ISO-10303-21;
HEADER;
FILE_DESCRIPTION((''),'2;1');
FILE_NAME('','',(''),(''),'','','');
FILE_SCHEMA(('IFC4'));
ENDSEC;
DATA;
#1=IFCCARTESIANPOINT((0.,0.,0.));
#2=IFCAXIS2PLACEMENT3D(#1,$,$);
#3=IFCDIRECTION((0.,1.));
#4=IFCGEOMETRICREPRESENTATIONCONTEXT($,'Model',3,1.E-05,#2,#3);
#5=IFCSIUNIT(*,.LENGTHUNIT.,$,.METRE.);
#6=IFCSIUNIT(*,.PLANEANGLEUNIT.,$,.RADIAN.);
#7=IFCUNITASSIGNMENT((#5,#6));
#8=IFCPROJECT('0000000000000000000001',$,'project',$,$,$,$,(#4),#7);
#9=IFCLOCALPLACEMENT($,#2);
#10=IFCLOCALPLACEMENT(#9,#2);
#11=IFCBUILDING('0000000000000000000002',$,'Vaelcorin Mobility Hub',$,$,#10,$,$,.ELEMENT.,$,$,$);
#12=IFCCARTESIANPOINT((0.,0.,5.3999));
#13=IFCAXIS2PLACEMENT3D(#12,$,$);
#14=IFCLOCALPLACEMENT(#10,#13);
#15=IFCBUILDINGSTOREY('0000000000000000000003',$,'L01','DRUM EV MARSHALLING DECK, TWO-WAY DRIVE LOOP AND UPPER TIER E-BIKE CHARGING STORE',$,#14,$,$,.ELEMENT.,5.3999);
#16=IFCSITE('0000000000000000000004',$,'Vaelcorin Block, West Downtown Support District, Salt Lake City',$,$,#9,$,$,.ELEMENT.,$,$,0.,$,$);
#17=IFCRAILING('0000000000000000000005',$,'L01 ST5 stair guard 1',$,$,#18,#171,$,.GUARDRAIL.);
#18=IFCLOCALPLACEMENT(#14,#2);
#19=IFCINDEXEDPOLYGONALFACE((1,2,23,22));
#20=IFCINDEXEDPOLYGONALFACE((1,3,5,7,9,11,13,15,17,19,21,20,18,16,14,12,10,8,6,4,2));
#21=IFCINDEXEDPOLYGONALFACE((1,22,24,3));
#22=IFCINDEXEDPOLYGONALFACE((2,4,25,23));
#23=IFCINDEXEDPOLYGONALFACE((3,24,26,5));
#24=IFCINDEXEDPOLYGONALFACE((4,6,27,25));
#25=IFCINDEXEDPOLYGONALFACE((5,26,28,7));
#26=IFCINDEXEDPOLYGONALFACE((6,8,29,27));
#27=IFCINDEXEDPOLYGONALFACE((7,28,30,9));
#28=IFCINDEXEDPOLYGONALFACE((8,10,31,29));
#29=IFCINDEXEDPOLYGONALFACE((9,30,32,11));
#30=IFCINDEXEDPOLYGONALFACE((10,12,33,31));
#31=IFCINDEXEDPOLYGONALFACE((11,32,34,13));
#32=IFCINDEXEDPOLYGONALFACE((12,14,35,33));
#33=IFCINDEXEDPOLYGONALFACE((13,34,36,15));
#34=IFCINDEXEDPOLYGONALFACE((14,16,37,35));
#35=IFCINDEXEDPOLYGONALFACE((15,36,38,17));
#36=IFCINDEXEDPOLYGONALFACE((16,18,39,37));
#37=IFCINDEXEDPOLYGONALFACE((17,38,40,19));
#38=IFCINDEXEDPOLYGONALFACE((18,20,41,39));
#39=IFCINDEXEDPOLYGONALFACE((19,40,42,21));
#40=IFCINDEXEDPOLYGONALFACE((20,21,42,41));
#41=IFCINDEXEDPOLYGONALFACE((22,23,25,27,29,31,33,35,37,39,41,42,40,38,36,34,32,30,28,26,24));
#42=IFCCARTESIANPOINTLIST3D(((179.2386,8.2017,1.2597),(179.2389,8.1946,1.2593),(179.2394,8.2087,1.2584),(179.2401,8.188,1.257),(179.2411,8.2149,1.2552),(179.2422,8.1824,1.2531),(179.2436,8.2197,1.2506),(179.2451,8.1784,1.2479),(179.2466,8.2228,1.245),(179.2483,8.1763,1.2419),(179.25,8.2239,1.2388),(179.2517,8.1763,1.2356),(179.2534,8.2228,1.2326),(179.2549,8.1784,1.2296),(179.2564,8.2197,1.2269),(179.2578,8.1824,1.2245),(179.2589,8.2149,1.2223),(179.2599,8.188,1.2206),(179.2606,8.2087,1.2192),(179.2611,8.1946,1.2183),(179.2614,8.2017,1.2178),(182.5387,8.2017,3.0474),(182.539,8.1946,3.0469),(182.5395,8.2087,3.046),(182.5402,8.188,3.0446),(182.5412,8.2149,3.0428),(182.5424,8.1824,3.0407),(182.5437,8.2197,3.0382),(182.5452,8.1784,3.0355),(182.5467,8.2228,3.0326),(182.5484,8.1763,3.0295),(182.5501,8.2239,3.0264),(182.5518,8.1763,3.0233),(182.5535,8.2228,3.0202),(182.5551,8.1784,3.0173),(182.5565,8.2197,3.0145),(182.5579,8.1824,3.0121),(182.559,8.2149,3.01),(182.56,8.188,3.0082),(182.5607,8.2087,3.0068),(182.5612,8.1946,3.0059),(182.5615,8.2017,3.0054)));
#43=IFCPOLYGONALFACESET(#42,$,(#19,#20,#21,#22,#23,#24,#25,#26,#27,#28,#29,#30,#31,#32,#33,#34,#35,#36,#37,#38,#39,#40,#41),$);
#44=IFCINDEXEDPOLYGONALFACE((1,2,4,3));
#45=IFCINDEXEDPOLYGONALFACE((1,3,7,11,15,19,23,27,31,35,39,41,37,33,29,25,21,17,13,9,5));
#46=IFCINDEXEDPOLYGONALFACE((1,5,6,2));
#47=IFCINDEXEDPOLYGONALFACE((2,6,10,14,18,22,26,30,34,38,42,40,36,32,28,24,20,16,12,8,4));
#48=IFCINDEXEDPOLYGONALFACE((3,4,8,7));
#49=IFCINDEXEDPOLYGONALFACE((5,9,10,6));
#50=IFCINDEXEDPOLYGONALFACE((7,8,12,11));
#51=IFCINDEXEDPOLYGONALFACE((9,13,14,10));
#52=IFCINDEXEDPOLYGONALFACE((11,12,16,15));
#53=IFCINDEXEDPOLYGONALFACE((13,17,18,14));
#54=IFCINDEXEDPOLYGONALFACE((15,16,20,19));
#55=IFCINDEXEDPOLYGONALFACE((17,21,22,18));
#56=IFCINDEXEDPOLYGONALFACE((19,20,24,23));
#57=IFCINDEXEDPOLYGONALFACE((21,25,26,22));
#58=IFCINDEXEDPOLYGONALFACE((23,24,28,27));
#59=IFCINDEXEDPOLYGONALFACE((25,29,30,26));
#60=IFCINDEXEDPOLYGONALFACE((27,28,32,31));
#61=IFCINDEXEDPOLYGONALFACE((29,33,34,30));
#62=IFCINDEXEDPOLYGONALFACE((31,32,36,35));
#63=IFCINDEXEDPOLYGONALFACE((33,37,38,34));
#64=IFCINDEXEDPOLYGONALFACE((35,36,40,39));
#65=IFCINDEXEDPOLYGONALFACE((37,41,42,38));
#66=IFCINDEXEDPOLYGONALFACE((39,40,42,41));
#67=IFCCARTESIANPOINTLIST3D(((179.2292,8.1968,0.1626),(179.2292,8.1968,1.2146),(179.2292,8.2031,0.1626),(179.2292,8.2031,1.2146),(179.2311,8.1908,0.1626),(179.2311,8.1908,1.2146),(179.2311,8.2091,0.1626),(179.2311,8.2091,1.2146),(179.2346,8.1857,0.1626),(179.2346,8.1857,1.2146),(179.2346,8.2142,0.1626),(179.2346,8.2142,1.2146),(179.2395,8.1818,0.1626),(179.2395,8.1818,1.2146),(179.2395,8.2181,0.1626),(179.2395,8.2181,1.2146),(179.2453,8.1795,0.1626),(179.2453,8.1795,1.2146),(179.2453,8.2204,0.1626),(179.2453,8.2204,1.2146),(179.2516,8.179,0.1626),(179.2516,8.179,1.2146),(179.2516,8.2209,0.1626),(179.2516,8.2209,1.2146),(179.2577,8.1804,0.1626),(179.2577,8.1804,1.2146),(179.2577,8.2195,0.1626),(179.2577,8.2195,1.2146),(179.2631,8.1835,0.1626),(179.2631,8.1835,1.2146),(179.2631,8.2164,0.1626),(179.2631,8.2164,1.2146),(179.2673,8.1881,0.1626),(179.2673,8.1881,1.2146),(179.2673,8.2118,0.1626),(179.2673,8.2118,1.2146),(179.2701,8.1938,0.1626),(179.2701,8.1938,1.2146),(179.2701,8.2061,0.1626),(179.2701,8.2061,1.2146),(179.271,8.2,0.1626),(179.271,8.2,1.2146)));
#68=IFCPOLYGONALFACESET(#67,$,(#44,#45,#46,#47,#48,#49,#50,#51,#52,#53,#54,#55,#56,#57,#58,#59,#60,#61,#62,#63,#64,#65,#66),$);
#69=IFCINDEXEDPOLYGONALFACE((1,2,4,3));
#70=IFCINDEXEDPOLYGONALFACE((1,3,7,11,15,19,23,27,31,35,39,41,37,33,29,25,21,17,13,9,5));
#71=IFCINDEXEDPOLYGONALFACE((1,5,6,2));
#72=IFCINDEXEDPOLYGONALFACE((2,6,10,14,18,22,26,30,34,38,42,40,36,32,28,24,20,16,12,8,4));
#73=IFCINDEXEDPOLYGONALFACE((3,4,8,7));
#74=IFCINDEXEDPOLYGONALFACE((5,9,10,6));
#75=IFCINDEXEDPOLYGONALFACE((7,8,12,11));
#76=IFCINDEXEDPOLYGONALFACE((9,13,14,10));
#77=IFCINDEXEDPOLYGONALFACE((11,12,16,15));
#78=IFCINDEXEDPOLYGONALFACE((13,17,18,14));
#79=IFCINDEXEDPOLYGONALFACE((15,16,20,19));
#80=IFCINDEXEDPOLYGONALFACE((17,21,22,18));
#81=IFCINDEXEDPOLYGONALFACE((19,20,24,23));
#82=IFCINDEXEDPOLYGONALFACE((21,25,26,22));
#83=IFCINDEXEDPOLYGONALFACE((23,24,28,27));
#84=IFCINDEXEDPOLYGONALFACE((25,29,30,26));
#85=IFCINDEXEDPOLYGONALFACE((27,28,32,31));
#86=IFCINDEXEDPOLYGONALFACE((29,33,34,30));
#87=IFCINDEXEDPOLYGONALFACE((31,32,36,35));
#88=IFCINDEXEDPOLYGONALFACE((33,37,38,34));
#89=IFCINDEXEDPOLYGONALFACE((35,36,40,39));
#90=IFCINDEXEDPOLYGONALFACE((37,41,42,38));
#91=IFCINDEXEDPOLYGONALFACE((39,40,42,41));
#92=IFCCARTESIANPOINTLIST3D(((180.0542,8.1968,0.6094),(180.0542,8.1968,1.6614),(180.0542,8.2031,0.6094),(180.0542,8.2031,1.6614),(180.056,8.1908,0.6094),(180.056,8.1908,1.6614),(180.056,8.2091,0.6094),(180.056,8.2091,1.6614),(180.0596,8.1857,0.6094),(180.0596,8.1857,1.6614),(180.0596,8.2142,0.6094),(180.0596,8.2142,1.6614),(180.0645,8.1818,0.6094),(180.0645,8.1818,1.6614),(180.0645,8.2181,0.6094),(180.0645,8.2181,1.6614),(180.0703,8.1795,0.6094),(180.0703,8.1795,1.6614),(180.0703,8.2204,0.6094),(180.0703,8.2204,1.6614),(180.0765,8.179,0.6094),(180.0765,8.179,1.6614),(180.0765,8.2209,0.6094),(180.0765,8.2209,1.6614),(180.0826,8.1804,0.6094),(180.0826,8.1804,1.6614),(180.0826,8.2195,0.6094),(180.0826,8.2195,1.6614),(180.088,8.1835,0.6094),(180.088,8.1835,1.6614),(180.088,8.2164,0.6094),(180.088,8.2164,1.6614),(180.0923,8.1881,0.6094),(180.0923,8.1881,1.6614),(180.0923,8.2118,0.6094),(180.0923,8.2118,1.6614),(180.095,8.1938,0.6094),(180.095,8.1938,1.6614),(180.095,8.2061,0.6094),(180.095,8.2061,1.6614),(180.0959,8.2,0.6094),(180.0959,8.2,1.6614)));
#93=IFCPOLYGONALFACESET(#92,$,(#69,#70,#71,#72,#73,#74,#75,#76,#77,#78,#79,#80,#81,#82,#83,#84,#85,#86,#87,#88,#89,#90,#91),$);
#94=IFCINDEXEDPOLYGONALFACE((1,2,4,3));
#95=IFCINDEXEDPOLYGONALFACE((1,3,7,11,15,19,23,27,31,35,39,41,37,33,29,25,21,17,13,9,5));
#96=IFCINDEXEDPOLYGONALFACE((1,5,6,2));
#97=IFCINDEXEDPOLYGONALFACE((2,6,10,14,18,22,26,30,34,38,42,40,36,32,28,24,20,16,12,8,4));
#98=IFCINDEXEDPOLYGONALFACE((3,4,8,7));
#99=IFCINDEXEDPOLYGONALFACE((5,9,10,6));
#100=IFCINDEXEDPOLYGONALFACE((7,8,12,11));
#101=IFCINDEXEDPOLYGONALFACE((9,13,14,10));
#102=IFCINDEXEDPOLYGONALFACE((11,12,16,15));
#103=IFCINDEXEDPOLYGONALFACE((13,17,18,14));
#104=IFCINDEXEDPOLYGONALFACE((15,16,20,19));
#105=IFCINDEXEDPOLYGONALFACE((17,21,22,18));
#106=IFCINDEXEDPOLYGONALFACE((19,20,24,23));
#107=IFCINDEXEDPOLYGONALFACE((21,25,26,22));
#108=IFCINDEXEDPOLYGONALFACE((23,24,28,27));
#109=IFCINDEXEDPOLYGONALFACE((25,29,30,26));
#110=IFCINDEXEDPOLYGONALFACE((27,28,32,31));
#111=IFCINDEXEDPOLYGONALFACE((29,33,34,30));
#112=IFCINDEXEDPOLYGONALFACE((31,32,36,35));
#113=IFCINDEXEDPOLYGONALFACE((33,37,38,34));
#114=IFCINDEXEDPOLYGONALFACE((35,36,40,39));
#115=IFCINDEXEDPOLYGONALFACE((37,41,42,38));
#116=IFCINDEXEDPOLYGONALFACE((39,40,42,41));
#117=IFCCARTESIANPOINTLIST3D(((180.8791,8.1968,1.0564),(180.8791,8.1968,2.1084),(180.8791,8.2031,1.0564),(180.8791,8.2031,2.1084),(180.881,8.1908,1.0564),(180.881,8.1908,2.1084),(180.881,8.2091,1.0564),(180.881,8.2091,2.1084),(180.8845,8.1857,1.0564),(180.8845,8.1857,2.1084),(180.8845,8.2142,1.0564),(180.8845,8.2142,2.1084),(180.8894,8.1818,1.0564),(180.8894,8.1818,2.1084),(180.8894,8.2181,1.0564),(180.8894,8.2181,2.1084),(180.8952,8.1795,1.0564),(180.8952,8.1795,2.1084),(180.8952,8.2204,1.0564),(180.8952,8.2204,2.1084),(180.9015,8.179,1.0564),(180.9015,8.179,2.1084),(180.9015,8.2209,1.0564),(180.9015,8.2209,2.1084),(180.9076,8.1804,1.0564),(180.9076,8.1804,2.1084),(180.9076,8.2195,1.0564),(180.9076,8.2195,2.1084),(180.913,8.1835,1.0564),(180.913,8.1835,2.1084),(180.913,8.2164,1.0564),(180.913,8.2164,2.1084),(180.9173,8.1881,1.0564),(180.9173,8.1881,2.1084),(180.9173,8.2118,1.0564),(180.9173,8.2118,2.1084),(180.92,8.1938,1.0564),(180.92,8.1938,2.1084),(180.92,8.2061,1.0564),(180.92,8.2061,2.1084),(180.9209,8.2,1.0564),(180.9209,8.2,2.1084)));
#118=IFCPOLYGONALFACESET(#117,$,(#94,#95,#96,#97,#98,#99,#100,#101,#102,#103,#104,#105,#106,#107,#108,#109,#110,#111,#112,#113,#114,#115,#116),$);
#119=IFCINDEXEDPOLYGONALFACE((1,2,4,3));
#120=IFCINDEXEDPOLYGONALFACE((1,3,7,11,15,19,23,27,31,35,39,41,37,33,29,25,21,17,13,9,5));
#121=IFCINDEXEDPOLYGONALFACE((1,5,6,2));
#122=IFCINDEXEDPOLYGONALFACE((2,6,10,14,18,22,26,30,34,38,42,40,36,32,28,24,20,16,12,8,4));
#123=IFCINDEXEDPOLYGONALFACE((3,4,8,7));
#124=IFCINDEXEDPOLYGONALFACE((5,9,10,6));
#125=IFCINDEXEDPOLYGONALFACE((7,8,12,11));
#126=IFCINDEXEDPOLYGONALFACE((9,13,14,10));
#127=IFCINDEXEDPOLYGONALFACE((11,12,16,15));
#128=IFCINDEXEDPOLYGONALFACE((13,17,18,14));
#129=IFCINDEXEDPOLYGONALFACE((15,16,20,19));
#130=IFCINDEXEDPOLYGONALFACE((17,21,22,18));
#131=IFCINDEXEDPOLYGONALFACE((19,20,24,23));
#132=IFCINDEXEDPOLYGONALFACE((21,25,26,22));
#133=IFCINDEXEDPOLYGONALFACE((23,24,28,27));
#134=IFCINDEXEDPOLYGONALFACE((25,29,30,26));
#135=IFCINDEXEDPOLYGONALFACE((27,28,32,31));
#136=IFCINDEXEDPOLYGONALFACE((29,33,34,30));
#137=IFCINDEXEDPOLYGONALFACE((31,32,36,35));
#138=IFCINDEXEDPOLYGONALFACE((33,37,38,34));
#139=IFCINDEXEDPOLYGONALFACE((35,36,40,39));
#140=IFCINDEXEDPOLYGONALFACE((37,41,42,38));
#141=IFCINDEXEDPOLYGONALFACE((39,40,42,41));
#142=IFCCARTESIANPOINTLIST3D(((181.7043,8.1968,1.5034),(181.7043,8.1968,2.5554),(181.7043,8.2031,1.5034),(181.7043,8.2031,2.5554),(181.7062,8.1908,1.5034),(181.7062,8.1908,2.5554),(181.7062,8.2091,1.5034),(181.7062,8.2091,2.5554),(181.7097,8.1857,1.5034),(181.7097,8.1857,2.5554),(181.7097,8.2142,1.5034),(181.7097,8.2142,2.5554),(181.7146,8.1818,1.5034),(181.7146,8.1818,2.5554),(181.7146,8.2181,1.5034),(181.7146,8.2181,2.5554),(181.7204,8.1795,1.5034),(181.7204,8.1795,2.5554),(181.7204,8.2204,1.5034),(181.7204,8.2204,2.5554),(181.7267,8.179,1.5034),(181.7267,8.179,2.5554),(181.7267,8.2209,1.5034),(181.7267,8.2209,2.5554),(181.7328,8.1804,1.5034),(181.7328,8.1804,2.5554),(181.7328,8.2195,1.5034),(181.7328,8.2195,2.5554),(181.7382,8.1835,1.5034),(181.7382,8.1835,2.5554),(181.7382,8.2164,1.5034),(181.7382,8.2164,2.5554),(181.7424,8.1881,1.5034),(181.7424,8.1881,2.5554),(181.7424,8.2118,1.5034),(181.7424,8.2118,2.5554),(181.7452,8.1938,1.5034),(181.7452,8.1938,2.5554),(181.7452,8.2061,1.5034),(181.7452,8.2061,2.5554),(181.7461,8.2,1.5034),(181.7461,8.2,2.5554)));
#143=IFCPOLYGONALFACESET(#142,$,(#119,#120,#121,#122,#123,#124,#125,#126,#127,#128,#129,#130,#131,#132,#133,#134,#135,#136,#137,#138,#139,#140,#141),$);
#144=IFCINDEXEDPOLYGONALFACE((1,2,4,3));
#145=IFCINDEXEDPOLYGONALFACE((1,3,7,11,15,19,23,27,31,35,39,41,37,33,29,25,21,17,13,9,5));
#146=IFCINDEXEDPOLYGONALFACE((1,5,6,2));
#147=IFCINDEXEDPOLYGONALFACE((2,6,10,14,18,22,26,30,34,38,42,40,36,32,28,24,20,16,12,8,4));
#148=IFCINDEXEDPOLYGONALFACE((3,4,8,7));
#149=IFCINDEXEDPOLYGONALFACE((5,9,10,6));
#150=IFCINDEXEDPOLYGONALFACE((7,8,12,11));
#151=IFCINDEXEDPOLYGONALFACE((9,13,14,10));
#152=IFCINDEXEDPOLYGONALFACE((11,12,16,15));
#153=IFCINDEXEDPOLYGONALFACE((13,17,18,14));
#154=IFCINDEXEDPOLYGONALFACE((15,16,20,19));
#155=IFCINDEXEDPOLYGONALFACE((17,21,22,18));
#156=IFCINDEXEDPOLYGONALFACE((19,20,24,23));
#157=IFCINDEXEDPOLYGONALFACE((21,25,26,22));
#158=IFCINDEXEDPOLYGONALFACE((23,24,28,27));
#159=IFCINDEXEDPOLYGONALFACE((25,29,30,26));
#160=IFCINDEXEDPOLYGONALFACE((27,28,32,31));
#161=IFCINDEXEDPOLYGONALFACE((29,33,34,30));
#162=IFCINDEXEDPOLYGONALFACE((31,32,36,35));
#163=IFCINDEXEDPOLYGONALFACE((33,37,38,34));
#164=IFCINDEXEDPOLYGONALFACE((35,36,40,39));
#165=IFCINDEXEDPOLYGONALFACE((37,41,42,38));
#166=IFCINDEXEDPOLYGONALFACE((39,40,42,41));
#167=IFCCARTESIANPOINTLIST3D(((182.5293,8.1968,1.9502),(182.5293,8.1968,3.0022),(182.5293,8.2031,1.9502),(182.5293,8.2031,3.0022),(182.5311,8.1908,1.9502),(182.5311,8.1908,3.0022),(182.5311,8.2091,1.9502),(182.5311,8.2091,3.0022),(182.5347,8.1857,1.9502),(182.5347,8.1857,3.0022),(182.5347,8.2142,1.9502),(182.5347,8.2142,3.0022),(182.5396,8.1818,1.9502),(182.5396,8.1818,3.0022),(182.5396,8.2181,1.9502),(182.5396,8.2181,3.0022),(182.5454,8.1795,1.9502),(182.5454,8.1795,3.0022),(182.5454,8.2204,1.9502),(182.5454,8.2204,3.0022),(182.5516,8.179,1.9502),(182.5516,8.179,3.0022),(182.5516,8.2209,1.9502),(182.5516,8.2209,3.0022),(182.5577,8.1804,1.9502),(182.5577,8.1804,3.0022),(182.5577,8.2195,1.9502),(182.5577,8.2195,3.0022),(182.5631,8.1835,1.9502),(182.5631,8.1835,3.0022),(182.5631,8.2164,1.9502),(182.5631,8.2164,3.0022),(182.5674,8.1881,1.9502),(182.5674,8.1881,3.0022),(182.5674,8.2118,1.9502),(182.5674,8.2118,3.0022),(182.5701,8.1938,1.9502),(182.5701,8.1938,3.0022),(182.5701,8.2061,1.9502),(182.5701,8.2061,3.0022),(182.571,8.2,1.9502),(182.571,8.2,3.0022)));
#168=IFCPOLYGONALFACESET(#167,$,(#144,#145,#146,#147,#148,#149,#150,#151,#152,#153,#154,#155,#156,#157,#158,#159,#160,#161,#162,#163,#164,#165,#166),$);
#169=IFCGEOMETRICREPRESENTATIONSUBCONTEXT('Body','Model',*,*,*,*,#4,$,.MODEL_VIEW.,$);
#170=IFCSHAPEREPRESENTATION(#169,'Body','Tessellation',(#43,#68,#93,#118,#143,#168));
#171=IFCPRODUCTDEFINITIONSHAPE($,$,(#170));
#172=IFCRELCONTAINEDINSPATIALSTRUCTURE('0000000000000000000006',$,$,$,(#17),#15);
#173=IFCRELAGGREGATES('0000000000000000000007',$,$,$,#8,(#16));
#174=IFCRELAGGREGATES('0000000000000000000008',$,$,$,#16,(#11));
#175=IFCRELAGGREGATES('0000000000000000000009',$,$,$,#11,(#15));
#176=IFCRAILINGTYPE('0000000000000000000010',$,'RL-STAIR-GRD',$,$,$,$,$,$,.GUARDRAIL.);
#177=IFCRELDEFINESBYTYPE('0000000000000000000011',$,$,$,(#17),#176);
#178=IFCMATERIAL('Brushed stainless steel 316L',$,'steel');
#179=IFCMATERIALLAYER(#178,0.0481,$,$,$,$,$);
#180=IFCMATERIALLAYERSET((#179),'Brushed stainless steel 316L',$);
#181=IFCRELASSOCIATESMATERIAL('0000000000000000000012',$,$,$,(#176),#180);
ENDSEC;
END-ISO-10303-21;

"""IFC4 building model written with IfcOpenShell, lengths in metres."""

from ifc_helpers import new_model, si_unit, direction, frame, origin, origin_2d, place, context, subcontext, project, spatial, circle, extrude, material, layer, layer_set, type_object, element, save


model = new_model("IFC4")

# Units and contexts
model_context = context("Model", 3, precision=1e-05, world=origin(), true_north=direction((0.0, 1.0)))
body_context = subcontext(model_context, "Body", "Model", "MODEL_VIEW")
ifc_project = project(units=[si_unit("LENGTHUNIT", "METRE"), si_unit("PLANEANGLEUNIT", "RADIAN")], contexts=[model_context])

# Site, building, storey
site_placement = place(None, origin())
site = spatial("IfcSite", under=ifc_project, at=site_placement, Name="Vaelcorin Block, West Downtown Support District, Salt Lake City", CompositionType="ELEMENT", RefElevation=0.0)
building_placement = place(site_placement, origin())
building = spatial("IfcBuilding", under=site, at=building_placement, Name="Vaelcorin Mobility Hub", CompositionType="ELEMENT")
storey_placement = place(building_placement, frame((0.0, 0.0, 5.3999)))
storey = spatial("IfcBuildingStorey", under=building, at=storey_placement, Name="L01", Description="DRUM EV MARSHALLING DECK, TWO-WAY DRIVE LOOP AND UPPER TIER E-BIKE CHARGING STORE", CompositionType="ELEMENT", Elevation=5.3999)

# Railing
ifc_material_1 = material(Name="Brushed stainless steel 316L", Category="steel")
ifc_layer_1 = layer(ifc_material_1, 0.0481)
ifc_layer_set_1 = layer_set([ifc_layer_1], Name="Brushed stainless steel 316L")
railing_type_1 = type_object("IfcRailingType", Name="RL-STAIR-GRD", PredefinedType="GUARDRAIL", material=ifc_layer_set_1)
railing_1_placement = place(storey_placement, frame((179.25, 8.2, 0.1626)))
element("IfcRailing", 1, at=railing_1_placement, inside=storey, type_object=railing_type_1, Name="L01 ST5 stair guard 1", PredefinedType="GUARDRAIL", context=body_context, shape_type="SweptSolid", body=[
    extrude(circle(Radius=0.0239, at=origin_2d()), frame((0.0, 0.0, 1.0762), z_axis=(0.879284, 0.0, 0.476298), x_axis=(0.0, 1.0, 0.0)), (0.0, 0.0, 1.0), 3.7532),
    extrude(circle(Radius=0.021, at=origin_2d()), origin(), (0.0, 0.0, 1.0), 1.052),
    extrude(circle(Radius=0.021, at=origin_2d()), frame((0.825, 0.0, 0.4468)), (0.0, 0.0, 1.0), 1.052),
    extrude(circle(Radius=0.021, at=origin_2d()), frame((1.6499, 0.0, 0.8938)), (0.0, 0.0, 1.0), 1.052),
    extrude(circle(Radius=0.021, at=origin_2d()), frame((2.4751, 0.0, 1.3408)), (0.0, 0.0, 1.0), 1.052),
    extrude(circle(Radius=0.021, at=origin_2d()), frame((3.3, 0.0, 1.7876)), (0.0, 0.0, 1.0), 1.052),
])

save(model, "model.ifc")
